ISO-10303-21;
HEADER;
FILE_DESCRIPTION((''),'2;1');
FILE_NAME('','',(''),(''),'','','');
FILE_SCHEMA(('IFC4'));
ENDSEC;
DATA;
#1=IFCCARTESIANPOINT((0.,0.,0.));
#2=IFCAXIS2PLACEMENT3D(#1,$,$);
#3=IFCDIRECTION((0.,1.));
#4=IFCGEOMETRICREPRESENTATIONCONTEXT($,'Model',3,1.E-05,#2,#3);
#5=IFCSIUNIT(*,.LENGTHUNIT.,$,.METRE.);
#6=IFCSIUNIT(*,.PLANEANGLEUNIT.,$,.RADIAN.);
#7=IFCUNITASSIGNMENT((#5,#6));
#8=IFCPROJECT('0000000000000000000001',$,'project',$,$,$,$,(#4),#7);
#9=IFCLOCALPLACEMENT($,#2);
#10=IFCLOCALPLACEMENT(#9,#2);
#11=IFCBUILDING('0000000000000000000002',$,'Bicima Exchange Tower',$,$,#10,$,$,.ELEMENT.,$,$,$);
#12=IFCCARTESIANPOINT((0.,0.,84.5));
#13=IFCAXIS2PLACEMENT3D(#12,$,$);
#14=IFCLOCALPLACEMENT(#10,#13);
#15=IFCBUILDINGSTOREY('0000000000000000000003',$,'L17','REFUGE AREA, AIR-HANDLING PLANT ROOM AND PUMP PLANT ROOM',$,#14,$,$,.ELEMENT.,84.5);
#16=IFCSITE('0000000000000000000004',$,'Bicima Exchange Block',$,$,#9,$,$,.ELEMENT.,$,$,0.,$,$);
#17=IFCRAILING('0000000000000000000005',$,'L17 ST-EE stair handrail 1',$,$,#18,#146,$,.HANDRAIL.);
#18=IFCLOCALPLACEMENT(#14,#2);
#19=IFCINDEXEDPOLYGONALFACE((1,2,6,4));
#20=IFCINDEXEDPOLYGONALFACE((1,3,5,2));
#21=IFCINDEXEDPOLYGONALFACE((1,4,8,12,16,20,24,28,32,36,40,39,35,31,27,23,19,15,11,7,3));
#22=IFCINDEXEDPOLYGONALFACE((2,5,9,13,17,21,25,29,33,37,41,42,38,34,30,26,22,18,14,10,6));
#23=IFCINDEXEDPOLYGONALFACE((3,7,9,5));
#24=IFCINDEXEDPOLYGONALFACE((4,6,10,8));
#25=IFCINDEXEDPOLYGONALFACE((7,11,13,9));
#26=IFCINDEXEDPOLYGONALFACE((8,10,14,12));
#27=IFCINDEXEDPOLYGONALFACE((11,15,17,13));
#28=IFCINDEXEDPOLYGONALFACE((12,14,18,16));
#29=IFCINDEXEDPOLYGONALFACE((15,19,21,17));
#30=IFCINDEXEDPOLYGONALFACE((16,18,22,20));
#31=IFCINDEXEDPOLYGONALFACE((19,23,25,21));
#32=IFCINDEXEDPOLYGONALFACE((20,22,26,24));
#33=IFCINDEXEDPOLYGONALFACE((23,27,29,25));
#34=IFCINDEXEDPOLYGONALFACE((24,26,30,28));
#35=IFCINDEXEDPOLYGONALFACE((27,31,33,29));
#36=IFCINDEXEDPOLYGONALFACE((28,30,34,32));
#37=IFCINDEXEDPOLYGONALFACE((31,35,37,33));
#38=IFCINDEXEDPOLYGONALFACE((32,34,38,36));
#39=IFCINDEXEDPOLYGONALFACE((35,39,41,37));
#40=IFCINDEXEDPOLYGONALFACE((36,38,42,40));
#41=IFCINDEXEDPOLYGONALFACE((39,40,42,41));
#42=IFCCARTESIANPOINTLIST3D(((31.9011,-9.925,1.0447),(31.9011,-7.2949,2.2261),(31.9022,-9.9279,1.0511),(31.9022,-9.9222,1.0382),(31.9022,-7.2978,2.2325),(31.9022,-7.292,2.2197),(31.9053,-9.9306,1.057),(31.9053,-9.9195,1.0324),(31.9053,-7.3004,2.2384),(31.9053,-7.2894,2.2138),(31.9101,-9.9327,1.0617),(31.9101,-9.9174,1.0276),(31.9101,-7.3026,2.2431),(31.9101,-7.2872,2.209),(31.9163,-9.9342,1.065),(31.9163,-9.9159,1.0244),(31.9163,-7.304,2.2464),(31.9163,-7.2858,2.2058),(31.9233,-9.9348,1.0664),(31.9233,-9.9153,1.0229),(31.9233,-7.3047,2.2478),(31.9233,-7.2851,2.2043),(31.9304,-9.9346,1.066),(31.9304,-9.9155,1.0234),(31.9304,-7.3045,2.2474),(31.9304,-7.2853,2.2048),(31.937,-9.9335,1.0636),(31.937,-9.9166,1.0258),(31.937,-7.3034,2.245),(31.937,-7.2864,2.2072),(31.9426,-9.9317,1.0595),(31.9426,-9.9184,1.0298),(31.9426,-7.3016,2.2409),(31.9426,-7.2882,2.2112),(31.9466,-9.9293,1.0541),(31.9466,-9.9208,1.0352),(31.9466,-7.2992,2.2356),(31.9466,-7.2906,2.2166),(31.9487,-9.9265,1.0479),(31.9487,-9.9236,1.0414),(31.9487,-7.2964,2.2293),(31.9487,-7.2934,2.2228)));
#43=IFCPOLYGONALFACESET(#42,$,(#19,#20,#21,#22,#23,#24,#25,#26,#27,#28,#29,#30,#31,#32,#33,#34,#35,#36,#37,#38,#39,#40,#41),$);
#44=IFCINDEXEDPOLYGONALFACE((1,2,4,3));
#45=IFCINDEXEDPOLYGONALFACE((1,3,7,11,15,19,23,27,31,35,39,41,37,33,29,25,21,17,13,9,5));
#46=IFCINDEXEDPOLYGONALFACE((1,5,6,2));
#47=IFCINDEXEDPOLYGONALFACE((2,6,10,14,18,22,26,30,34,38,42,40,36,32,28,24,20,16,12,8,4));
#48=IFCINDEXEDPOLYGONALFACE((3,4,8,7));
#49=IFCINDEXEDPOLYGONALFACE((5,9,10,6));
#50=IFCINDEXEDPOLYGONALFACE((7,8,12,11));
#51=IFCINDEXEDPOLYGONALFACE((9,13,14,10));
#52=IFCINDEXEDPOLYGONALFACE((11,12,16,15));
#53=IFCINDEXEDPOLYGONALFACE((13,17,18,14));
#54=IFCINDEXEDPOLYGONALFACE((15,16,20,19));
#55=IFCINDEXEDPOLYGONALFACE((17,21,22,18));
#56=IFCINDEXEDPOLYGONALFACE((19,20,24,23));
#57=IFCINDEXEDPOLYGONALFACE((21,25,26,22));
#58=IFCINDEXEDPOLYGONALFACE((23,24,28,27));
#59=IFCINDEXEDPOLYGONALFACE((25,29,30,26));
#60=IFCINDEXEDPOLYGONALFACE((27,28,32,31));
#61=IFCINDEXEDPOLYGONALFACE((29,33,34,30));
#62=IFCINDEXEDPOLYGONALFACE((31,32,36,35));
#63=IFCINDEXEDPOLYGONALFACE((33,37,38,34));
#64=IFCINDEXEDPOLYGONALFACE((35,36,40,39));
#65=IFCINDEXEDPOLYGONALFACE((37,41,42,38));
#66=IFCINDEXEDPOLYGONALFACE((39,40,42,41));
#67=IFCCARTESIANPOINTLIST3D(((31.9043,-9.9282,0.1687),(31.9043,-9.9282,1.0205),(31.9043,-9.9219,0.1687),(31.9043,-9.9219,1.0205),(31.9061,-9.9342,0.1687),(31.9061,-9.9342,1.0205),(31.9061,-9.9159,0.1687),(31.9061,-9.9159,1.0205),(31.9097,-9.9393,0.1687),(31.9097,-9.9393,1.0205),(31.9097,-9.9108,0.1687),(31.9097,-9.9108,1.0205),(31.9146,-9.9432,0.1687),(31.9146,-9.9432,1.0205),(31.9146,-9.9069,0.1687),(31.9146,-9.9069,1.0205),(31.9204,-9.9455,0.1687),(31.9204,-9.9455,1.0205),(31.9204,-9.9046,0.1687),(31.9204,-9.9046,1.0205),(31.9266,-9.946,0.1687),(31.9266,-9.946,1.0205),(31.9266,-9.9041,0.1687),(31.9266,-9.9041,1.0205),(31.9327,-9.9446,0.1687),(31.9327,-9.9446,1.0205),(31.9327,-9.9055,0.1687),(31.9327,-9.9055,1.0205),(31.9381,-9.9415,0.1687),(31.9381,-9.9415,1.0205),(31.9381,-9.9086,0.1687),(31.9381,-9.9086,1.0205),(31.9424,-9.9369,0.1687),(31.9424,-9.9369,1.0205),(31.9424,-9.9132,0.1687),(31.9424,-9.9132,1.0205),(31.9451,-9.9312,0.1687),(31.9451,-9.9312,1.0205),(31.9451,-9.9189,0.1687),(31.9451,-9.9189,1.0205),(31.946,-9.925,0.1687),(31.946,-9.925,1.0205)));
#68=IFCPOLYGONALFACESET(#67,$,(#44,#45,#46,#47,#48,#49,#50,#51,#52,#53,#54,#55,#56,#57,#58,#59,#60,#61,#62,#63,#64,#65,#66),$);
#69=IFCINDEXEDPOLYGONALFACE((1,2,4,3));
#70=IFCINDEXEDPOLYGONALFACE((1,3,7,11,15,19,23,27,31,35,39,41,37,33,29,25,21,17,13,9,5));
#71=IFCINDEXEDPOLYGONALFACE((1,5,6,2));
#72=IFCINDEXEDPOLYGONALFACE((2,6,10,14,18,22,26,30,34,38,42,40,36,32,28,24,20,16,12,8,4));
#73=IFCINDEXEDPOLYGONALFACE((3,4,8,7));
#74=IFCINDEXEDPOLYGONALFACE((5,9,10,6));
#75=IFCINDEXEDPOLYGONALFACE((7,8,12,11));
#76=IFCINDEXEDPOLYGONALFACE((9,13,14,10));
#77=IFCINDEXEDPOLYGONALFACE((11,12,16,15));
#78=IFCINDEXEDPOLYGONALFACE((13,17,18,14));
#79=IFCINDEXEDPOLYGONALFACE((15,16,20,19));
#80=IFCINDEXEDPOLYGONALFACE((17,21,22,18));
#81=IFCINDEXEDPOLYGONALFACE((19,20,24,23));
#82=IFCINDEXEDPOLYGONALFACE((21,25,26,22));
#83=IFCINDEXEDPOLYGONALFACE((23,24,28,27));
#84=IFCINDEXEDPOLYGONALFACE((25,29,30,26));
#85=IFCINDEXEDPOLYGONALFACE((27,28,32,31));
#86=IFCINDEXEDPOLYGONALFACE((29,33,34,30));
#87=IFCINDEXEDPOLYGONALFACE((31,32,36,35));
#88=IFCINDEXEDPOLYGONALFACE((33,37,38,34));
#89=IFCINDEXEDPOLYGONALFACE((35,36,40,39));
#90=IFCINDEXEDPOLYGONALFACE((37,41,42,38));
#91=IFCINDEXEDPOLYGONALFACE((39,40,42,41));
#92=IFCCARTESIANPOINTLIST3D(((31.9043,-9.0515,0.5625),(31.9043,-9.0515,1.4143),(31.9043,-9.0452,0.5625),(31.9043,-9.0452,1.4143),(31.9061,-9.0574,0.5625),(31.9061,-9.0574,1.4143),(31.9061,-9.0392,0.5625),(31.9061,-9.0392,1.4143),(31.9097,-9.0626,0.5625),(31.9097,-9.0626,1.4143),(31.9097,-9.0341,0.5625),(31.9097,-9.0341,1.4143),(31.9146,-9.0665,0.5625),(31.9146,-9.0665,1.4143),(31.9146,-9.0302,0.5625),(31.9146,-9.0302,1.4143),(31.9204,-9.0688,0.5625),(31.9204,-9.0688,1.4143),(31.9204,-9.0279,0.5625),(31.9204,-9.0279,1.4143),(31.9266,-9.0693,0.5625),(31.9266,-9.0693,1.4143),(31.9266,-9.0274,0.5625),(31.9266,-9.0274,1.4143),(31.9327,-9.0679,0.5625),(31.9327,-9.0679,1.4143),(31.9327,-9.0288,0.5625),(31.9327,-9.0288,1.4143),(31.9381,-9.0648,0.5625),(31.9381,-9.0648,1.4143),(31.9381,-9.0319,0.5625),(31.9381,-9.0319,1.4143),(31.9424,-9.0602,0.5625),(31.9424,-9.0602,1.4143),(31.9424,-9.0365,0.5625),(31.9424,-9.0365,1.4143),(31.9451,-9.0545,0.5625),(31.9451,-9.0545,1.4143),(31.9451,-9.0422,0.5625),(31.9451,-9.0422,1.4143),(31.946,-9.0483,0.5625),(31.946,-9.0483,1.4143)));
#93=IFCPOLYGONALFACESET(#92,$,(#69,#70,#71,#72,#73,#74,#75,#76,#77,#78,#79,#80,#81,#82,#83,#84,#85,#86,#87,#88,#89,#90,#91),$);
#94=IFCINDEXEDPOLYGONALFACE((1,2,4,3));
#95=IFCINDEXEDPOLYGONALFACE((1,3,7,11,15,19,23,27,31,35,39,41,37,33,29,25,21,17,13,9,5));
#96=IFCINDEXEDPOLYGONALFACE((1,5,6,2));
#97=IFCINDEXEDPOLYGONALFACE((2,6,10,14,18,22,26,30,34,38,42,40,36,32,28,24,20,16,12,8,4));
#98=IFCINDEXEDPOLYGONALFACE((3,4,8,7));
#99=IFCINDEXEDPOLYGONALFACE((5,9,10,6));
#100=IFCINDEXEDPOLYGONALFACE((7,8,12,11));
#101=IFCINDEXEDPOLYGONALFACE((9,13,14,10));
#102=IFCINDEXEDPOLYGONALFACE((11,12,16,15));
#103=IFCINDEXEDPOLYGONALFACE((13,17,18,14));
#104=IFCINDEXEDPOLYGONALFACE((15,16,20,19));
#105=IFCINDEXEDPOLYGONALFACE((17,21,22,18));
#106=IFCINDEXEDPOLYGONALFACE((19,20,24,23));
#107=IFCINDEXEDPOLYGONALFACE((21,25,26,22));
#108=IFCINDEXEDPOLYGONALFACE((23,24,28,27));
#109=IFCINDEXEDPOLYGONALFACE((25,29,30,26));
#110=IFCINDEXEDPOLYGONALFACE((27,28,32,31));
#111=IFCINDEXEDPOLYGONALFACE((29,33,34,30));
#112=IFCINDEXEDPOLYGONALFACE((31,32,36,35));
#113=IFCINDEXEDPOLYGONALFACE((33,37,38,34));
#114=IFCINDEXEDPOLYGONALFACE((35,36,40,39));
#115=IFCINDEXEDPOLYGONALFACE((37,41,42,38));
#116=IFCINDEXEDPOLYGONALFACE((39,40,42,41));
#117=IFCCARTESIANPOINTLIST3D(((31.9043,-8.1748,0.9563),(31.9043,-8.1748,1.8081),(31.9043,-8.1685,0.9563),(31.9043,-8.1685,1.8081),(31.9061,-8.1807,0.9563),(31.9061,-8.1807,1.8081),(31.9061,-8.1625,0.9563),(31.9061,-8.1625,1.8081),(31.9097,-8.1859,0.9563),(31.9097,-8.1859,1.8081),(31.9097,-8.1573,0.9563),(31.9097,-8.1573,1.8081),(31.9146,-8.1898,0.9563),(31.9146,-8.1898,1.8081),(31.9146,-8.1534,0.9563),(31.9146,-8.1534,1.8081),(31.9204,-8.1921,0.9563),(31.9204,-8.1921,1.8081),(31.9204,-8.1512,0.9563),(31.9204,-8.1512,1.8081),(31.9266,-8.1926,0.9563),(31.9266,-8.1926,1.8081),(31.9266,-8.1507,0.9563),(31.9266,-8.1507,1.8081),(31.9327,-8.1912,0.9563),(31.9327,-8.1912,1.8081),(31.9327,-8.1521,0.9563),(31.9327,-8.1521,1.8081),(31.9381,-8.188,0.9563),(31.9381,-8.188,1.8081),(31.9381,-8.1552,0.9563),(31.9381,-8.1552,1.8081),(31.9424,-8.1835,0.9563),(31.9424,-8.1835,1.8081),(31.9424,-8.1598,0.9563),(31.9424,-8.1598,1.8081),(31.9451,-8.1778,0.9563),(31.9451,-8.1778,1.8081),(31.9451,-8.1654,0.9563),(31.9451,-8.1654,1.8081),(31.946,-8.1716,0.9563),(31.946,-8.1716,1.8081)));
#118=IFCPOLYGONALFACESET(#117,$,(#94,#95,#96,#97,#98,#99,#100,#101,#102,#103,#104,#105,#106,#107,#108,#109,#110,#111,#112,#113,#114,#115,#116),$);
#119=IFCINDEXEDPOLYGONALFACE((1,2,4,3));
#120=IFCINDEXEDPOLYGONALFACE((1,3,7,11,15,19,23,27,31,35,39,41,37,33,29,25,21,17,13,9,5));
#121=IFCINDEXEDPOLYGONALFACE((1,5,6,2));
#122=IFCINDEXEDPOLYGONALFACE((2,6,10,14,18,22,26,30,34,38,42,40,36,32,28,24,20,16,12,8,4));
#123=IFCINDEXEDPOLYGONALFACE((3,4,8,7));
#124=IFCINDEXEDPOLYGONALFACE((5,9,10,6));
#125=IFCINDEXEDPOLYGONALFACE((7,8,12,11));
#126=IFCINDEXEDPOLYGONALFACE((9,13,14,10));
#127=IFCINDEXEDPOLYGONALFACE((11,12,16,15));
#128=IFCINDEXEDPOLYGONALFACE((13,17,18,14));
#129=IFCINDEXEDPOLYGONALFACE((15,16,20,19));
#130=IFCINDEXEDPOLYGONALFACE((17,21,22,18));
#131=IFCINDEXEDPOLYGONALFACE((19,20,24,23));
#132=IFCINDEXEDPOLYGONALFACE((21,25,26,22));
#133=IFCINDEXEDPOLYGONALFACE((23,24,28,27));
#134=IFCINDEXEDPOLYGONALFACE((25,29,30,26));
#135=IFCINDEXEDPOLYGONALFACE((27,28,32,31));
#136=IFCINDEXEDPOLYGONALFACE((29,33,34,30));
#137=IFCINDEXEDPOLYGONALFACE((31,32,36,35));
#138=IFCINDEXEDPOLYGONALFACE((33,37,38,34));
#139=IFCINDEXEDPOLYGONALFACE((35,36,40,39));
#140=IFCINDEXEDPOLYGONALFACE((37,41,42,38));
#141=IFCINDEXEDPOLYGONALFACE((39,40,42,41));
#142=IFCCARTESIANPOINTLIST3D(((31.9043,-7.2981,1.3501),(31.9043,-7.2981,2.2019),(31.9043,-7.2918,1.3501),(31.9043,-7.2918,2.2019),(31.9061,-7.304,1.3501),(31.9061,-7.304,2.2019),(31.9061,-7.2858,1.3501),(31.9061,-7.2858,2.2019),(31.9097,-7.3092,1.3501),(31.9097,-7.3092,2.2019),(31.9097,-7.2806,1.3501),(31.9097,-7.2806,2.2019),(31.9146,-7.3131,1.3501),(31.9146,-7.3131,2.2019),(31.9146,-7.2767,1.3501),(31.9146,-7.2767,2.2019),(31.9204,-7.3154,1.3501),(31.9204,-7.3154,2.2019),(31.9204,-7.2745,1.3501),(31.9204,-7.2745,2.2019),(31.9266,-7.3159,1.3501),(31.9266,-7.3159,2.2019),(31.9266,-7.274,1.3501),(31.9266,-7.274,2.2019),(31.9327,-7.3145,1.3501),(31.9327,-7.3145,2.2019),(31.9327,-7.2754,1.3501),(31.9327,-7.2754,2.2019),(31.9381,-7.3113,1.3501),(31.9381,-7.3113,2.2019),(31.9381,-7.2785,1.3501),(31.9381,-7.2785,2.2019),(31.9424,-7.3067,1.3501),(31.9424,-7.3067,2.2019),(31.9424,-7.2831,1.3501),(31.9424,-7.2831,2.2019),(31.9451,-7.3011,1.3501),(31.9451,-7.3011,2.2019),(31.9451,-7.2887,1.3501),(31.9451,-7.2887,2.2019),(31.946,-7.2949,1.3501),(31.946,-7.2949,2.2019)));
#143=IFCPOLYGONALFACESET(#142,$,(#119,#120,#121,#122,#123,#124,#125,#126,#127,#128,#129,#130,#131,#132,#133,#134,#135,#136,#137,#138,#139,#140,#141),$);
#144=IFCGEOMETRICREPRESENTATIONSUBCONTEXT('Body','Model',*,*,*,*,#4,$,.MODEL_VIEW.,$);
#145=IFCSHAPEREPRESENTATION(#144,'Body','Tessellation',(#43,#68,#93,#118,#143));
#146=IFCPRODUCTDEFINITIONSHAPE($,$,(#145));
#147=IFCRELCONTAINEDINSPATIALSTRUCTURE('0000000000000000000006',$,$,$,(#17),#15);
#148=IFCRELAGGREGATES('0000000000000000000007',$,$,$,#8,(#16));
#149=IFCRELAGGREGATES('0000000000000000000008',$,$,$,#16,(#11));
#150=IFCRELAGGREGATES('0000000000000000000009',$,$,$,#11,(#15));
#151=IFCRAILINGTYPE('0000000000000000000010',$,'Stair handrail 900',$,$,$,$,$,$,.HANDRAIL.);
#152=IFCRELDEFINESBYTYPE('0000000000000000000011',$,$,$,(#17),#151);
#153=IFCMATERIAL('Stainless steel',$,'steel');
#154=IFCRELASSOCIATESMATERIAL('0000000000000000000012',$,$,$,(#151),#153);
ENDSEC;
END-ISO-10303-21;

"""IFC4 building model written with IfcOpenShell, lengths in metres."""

from ifc_helpers import new_model, si_unit, direction, frame, origin, origin_2d, place, context, subcontext, project, spatial, circle, extrude, material, type_object, element, save


model = new_model("IFC4")

# Units and contexts
model_context = context("Model", 3, precision=1e-05, world=origin(), true_north=direction((0.0, 1.0)))
body_context = subcontext(model_context, "Body", "Model", "MODEL_VIEW")
ifc_project = project(units=[si_unit("LENGTHUNIT", "METRE"), si_unit("PLANEANGLEUNIT", "RADIAN")], contexts=[model_context])

# Site, building, storey
site_placement = place(None, origin())
site = spatial("IfcSite", under=ifc_project, at=site_placement, Name="Bicima Exchange Block", CompositionType="ELEMENT", RefElevation=0.0)
building_placement = place(site_placement, origin())
building = spatial("IfcBuilding", under=site, at=building_placement, Name="Bicima Exchange Tower", CompositionType="ELEMENT")
storey_placement = place(building_placement, frame((0.0, 0.0, 84.5)))
storey = spatial("IfcBuildingStorey", under=building, at=storey_placement, Name="L17", Description="REFUGE AREA, AIR-HANDLING PLANT ROOM AND PUMP PLANT ROOM", CompositionType="ELEMENT", Elevation=84.5)

# Railing
ifc_material_1 = material(Name="Stainless steel", Category="steel")
railing_type_1 = type_object("IfcRailingType", Name="Stair handrail 900", PredefinedType="HANDRAIL", material=ifc_material_1)
railing_1_placement = place(storey_placement, frame((31.925, -9.925, 0.1687)))
element("IfcRailing", 1, at=railing_1_placement, inside=storey, type_object=railing_type_1, Name="L17 ST-EE stair handrail 1", PredefinedType="HANDRAIL", context=body_context, shape_type="SweptSolid", body=[
    extrude(circle(Radius=0.0239, at=origin_2d()), frame((0.0, 0.0, 0.876), z_axis=(0.0, 0.912202, 0.409741), x_axis=(-1.0, 0.0, 0.0)), (0.0, 0.0, 1.0), 2.8833),
    extrude(circle(Radius=0.021, at=origin_2d()), origin(), (0.0, 0.0, 1.0), 0.8518),
    extrude(circle(Radius=0.021, at=origin_2d()), frame((0.0, 0.8767, 0.3938)), (0.0, 0.0, 1.0), 0.8518),
    extrude(circle(Radius=0.021, at=origin_2d()), frame((0.0, 1.7534, 0.7876)), (0.0, 0.0, 1.0), 0.8518),
    extrude(circle(Radius=0.021, at=origin_2d()), frame((0.0, 2.6301, 1.1814)), (0.0, 0.0, 1.0), 0.8518),
])

save(model, "model.ifc")
